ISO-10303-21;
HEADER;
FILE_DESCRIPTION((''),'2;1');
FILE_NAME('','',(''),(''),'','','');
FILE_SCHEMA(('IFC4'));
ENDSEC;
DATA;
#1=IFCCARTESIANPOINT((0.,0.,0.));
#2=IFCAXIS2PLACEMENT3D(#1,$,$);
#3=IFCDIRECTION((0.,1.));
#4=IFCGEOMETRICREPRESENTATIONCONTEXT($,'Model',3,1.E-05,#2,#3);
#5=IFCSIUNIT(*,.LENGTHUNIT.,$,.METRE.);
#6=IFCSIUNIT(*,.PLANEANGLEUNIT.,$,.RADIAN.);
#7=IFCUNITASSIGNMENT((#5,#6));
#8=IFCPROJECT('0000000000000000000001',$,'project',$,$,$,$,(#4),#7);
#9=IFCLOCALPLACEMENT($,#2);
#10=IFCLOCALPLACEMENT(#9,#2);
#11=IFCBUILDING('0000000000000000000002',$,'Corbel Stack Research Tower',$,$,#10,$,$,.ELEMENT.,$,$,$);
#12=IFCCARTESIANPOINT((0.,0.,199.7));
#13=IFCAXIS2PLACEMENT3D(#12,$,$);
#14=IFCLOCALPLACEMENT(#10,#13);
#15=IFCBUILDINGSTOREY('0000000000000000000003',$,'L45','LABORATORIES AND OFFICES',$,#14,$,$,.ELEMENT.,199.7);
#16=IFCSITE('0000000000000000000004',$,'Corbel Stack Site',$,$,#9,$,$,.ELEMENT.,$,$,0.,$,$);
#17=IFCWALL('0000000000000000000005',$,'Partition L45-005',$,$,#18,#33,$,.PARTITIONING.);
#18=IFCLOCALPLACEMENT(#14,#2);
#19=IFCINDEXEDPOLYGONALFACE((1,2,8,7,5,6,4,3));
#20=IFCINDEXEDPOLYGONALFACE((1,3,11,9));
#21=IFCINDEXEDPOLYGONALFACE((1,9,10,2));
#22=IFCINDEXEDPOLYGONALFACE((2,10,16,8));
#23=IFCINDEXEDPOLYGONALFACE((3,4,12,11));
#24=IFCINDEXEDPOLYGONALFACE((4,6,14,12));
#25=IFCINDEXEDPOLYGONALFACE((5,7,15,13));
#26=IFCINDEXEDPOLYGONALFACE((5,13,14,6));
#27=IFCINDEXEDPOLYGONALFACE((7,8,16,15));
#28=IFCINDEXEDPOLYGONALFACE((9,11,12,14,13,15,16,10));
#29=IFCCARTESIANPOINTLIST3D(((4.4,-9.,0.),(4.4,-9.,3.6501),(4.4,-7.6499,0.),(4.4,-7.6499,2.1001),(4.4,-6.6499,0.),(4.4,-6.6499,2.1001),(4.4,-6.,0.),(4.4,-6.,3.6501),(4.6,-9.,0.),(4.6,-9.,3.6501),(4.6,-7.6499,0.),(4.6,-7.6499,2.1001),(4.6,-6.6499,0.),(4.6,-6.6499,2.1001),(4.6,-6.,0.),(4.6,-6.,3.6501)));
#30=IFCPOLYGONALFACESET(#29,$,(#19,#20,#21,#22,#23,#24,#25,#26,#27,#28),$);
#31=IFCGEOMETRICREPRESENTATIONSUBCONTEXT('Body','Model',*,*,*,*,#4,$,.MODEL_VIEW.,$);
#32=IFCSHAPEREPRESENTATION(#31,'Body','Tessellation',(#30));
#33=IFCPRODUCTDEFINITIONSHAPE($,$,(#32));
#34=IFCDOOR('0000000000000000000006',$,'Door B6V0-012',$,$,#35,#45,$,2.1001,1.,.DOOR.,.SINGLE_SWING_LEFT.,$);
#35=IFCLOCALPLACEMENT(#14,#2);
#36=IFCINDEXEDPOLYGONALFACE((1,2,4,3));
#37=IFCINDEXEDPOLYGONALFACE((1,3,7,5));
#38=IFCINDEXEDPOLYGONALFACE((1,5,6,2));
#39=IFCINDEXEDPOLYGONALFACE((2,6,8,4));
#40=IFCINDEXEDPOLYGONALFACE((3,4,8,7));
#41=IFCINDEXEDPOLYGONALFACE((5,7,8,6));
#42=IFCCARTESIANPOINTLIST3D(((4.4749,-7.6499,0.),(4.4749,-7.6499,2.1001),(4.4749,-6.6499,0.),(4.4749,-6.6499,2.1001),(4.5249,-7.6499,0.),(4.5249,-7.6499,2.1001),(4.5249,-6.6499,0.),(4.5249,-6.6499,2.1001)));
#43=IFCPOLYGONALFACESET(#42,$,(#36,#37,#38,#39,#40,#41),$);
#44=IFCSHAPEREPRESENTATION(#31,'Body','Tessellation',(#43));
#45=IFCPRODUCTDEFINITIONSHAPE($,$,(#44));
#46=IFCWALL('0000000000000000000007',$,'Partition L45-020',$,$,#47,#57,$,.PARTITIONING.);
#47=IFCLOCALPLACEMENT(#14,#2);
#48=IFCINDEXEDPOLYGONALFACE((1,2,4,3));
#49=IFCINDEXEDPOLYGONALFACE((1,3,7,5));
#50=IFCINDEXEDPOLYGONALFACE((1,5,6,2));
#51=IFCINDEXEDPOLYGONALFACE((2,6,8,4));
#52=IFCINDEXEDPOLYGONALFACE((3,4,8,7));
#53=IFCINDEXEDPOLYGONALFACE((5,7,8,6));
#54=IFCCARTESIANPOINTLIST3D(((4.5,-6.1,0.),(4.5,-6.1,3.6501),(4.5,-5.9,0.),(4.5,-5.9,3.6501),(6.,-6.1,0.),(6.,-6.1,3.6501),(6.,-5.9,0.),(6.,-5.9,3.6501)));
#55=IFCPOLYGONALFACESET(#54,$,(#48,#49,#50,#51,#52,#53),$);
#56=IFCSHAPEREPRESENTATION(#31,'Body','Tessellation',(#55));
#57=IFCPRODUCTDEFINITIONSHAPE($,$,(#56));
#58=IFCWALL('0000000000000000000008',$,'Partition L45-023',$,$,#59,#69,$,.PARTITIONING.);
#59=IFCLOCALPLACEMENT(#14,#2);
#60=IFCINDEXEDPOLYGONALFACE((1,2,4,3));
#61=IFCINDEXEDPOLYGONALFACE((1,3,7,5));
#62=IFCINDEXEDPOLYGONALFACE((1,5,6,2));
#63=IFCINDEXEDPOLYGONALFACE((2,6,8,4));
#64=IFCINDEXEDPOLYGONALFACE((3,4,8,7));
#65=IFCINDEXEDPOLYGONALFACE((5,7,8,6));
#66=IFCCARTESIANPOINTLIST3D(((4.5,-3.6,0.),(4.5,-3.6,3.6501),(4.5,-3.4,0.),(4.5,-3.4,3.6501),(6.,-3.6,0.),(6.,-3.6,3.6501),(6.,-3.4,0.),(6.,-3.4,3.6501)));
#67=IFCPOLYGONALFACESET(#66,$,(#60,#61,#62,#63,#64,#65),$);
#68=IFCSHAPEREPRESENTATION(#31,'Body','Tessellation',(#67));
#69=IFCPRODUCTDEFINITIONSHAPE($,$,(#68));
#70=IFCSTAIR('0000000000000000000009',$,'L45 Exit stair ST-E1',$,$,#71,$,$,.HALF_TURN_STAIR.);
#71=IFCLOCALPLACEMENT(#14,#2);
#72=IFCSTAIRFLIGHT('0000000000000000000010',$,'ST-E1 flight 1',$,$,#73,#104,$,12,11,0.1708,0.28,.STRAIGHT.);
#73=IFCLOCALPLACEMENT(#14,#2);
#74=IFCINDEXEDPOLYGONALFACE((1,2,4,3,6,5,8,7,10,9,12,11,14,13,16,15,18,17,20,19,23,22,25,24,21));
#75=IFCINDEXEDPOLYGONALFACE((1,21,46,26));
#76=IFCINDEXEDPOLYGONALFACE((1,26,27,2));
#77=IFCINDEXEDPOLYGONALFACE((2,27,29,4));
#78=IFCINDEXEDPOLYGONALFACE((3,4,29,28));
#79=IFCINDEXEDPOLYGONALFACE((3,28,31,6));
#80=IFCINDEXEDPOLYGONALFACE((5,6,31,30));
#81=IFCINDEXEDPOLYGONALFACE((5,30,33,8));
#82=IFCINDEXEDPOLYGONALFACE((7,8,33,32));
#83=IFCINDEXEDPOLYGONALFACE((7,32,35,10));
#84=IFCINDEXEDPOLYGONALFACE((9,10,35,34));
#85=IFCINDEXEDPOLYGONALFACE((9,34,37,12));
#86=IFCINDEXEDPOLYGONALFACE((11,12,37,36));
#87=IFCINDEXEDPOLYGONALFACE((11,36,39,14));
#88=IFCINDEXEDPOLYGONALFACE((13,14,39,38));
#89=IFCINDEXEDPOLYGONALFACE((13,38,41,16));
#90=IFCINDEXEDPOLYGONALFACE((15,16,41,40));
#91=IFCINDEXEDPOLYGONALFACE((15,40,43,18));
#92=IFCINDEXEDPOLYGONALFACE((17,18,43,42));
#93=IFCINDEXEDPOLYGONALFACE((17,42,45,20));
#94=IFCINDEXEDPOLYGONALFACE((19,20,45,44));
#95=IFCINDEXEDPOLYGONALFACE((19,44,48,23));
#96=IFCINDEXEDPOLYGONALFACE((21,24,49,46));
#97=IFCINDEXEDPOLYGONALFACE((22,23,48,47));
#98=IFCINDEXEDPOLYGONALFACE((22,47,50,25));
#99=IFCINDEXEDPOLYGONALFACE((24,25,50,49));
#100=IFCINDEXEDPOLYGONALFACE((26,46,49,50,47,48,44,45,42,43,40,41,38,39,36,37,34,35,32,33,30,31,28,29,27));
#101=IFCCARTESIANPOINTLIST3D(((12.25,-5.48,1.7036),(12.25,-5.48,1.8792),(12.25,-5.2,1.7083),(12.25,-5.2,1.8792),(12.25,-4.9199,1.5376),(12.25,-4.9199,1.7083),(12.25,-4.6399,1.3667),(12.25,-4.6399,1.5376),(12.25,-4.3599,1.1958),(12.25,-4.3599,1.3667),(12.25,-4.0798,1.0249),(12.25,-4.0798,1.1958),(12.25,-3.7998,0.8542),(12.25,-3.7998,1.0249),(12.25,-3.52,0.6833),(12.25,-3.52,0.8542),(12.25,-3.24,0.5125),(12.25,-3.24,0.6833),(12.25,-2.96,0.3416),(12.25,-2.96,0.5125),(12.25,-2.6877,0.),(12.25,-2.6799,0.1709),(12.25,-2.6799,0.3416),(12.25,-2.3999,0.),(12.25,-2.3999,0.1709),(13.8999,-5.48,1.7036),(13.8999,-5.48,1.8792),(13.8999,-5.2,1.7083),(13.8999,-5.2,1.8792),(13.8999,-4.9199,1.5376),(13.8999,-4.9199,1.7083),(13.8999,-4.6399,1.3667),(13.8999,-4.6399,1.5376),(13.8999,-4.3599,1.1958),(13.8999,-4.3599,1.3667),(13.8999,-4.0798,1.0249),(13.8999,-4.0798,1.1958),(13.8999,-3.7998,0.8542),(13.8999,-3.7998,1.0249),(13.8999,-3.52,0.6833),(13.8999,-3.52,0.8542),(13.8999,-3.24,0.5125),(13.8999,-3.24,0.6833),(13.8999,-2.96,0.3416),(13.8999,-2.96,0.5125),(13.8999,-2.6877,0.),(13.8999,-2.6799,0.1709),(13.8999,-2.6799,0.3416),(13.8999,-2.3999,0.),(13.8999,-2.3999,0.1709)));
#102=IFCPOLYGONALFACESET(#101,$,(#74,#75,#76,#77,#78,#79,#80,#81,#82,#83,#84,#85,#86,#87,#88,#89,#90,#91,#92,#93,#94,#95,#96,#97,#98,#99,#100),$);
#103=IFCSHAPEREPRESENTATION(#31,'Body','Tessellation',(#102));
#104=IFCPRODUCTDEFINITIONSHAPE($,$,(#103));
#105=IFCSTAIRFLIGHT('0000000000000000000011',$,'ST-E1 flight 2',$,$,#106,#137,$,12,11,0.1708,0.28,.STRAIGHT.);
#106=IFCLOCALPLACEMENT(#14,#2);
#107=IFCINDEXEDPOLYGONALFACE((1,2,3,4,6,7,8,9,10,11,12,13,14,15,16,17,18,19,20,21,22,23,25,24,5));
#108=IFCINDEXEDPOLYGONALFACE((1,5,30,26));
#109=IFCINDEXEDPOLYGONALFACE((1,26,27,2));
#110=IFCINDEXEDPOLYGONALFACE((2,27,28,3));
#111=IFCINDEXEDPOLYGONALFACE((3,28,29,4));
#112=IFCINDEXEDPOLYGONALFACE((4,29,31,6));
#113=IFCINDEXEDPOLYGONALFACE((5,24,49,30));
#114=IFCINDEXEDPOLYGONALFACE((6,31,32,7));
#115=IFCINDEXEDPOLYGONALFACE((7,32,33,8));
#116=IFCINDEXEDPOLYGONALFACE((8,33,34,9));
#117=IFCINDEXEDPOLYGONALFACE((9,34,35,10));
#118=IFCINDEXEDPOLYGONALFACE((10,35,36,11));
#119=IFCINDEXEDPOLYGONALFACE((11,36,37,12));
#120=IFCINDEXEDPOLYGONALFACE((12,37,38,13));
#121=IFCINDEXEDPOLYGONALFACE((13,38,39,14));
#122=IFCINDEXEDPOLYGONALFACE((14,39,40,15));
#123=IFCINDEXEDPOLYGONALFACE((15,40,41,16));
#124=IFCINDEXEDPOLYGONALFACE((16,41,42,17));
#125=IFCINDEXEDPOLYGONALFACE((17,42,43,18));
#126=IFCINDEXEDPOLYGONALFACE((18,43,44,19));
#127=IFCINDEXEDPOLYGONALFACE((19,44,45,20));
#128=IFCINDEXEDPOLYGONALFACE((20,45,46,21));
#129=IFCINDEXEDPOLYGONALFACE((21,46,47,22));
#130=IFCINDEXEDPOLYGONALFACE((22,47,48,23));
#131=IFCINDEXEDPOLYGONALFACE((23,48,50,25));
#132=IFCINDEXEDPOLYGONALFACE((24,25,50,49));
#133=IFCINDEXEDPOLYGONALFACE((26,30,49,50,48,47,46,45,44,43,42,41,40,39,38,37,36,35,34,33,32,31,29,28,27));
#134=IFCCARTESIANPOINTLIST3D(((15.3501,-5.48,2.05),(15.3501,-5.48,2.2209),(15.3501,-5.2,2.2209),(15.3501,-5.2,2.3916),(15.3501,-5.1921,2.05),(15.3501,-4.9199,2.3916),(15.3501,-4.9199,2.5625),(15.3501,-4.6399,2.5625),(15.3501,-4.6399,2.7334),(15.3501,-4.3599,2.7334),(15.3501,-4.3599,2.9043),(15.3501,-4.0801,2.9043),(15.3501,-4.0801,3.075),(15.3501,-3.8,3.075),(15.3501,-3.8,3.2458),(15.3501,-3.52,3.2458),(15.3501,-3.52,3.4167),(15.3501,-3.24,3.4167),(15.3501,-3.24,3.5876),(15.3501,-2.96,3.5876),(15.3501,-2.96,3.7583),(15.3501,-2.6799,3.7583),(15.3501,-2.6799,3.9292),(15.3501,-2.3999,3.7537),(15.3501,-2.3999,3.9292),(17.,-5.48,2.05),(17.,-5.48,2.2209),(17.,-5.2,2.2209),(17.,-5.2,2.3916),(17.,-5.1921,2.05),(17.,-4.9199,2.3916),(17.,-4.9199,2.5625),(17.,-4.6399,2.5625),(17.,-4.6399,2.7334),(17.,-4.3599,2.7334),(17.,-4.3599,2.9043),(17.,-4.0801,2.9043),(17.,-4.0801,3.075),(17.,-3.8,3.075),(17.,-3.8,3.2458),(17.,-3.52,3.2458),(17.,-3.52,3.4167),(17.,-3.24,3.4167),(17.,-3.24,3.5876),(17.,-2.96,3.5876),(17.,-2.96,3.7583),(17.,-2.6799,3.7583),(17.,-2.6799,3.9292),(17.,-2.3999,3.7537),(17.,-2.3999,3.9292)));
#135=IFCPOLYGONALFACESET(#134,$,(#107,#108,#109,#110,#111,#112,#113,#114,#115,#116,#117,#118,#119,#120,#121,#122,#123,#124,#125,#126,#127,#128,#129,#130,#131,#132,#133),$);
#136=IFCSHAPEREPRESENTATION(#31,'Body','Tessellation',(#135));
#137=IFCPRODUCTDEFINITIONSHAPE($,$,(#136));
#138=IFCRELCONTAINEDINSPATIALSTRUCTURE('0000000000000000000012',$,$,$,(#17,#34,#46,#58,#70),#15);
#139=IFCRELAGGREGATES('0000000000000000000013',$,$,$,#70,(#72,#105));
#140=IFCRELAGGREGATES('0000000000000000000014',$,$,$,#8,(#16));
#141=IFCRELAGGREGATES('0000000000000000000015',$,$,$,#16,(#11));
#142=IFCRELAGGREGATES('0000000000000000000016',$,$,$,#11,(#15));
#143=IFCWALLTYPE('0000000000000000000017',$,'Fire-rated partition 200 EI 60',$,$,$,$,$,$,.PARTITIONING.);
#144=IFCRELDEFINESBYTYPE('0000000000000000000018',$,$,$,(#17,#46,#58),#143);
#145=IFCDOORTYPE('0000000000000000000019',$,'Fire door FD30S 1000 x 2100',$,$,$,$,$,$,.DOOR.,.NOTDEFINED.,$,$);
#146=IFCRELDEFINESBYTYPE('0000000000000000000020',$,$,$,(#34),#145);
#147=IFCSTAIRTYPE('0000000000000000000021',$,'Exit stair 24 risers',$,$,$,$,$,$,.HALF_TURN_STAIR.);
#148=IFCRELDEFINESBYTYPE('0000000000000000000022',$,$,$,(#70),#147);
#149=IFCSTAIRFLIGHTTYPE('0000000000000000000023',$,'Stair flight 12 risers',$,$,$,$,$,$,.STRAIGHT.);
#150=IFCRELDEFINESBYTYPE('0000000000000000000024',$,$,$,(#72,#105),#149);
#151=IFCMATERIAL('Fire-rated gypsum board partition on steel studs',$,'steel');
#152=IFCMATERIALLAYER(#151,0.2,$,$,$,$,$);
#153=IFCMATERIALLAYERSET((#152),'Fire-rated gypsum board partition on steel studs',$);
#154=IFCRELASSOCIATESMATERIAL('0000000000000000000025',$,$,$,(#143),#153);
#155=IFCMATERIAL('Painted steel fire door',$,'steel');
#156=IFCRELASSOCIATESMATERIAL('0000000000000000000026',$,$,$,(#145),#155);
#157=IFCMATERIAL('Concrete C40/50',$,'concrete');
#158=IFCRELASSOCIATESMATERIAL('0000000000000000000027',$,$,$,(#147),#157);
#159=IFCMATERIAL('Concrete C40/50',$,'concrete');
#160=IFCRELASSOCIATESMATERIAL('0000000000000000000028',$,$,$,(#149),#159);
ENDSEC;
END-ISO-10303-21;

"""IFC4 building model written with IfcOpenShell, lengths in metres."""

from ifc_helpers import new_model, si_unit, direction, frame, frame_2d, origin, place, context, subcontext, project, spatial, polyline, rectangle, outline, extrude, material, layer, layer_set, type_object, element, fill, aggregate, save


model = new_model("IFC4")

# Units and contexts
model_context = context("Model", 3, precision=1e-05, world=origin(), true_north=direction((0.0, 1.0)))
body_context = subcontext(model_context, "Body", "Model", "MODEL_VIEW")
ifc_project = project(units=[si_unit("LENGTHUNIT", "METRE"), si_unit("PLANEANGLEUNIT", "RADIAN")], contexts=[model_context])

# Site, building, storey
site_placement = place(None, origin())
site = spatial("IfcSite", under=ifc_project, at=site_placement, Name="Corbel Stack Site", CompositionType="ELEMENT", RefElevation=0.0)
building_placement = place(site_placement, origin())
building = spatial("IfcBuilding", under=site, at=building_placement, Name="Corbel Stack Research Tower", CompositionType="ELEMENT")
storey_placement = place(building_placement, frame((0.0, 0.0, 199.7)))
storey = spatial("IfcBuildingStorey", under=building, at=storey_placement, Name="L45", Description="LABORATORIES AND OFFICES", CompositionType="ELEMENT", Elevation=199.7)

# Wall, opening, door
ifc_material_1 = material(Name="Fire-rated gypsum board partition on steel studs", Category="steel")
ifc_layer_1 = layer(ifc_material_1, 0.2)
ifc_layer_set_1 = layer_set([ifc_layer_1], Name="Fire-rated gypsum board partition on steel studs")
wall_type_1 = type_object("IfcWallType", Name="Fire-rated partition 200 EI 60", PredefinedType="PARTITIONING", material=ifc_layer_set_1)
wall_1_placement = place(storey_placement, frame((4.5, -6.0, 0.0), z_axis=(0.0, 0.0, 1.0), x_axis=(0.0, -1.0, 0.0)))
wall_1 = element("IfcWall", 1, at=wall_1_placement, inside=storey, type_object=wall_type_1, Name="Partition L45-005", PredefinedType="PARTITIONING", context=body_context, shape_type="SweptSolid", body=[
    extrude(rectangle(XDim=3.0, YDim=0.2, at=frame_2d((1.5, 0.0))), origin(), (0.0, 0.0, 1.0), 3.6501),
])
opening_1_placement = place(wall_1_placement, frame((0.6499, 0.0, 0.0)))
opening_1 = element("IfcOpeningElement", 2, at=opening_1_placement, cuts=wall_1, PredefinedType="OPENING", context=body_context, shape_type="SweptSolid", body=[
    extrude(rectangle(XDim=1.0, YDim=2.1001, at=frame_2d((0.5, 1.05))), frame((0.0, 0.1099, 0.0), z_axis=(0.0, -1.0, 0.0), x_axis=(1.0, 0.0, 0.0)), (0.0, 0.0, 1.0), 0.22),
])
ifc_material_2 = material(Name="Painted steel fire door", Category="steel")
door_type_1 = type_object("IfcDoorType", Name="Fire door FD30S 1000 x 2100", OperationType="NOTDEFINED", PredefinedType="DOOR", material=ifc_material_2)
door_1_placement = place(opening_1_placement, origin())
door_1 = element("IfcDoor", 3, at=door_1_placement, inside=storey, type_object=door_type_1, Name="Door B6V0-012", OperationType="SINGLE_SWING_LEFT", OverallHeight=2.1001, OverallWidth=1.0, PredefinedType="DOOR", context=body_context, shape_type="SweptSolid", body=[
    extrude(rectangle(XDim=1.0, YDim=2.1001, at=frame_2d((0.5, 1.05))), frame((0.0, 0.0249, 0.0), z_axis=(0.0, -1.0, 0.0), x_axis=(1.0, 0.0, 0.0)), (0.0, 0.0, 1.0), 0.05),
])
fill(opening_1, door_1)

# Walls
for number, where, z_axis, x_axis, name in (
    (4, (4.5, -6.0, 0.0), (0.0, 0.0, 1.0), (1.0, 0.0, 0.0), "Partition L45-020"),
    (5, (4.5, -3.5, 0.0), (0.0, 0.0, 1.0), (1.0, 0.0, 0.0), "Partition L45-023"),
):
    element("IfcWall", number, at=place(storey_placement, frame(where, z_axis=z_axis, x_axis=x_axis)), inside=storey, type_object=wall_type_1, Name=name, PredefinedType="PARTITIONING", context=body_context, shape_type="SweptSolid", body=[
        extrude(rectangle(XDim=1.5, YDim=0.2, at=frame_2d((0.75, 0.0))), origin(), (0.0, 0.0, 1.0), 3.6501),
    ])

# Stair, stair flights
ifc_material_3 = material(Name="Concrete C40/50", Category="concrete")
stair_type = type_object("IfcStairType", Name="Exit stair 24 risers", PredefinedType="HALF_TURN_STAIR", material=ifc_material_3)
stair_placement = place(storey_placement, origin())
stair = element("IfcStair", 6, at=stair_placement, inside=storey, type_object=stair_type, Name="L45 Exit stair ST-E1", PredefinedType="HALF_TURN_STAIR")
ifc_material_4 = material(Name="Concrete C40/50", Category="concrete")
stair_flight_type = type_object("IfcStairFlightType", Name="Stair flight 12 risers", PredefinedType="STRAIGHT", material=ifc_material_4)
stair_flight_1_placement = place(storey_placement, frame((13.075, -2.3999, 0.0), z_axis=(0.0, 0.0, 1.0), x_axis=(0.0, -1.0, 0.0)))
stair_flight_1 = element("IfcStairFlight", 7, at=stair_flight_1_placement, type_object=stair_flight_type, Name="ST-E1 flight 1", NumberOfRisers=12, NumberOfTreads=11, PredefinedType="STRAIGHT", RiserHeight=0.1708, TreadLength=0.28, context=body_context, shape_type="SweptSolid", body=[
    extrude(outline(polyline([(0.0, 0.0), (0.0, 0.1709), (0.28, 0.1709), (0.28, 0.3416), (0.5601, 0.3416), (0.5601, 0.5125), (0.8401, 0.5125), (0.8401, 0.6833), (1.1201, 0.6833), (1.1201, 0.8542), (1.3999, 0.8542), (1.3999, 1.0249), (1.6799, 1.0249), (1.6799, 1.1958), (1.96, 1.1958), (1.96, 1.3667), (2.24, 1.3667), (2.24, 1.5376), (2.52, 1.5376), (2.52, 1.7083), (2.8, 1.7083), (2.8, 1.8792), (3.0801, 1.8792), (3.0801, 2.05), (3.0801, 1.7036), (0.2878, 0.0), (0.0, 0.0)])), frame((0.0, 0.825, 0.0), z_axis=(0.0, -1.0, 0.0), x_axis=(1.0, 0.0, 0.0)), (0.0, 0.0, 1.0), 1.6499),
])
stair_flight_2_placement = place(storey_placement, frame((16.175, -5.48, 2.05), z_axis=(0.0, 0.0, 1.0), x_axis=(0.0, 1.0, 0.0)))
stair_flight_2 = element("IfcStairFlight", 8, at=stair_flight_2_placement, type_object=stair_flight_type, Name="ST-E1 flight 2", NumberOfRisers=12, NumberOfTreads=11, PredefinedType="STRAIGHT", RiserHeight=0.1708, TreadLength=0.28, context=body_context, shape_type="SweptSolid", body=[
    extrude(outline(polyline([(0.0, 0.0), (0.0, 0.1709), (0.28, 0.1709), (0.28, 0.3416), (0.5601, 0.3416), (0.5601, 0.5125), (0.8401, 0.5125), (0.8401, 0.6833), (1.1201, 0.6833), (1.1201, 0.8542), (1.3999, 0.8542), (1.3999, 1.0249), (1.6799, 1.0249), (1.6799, 1.1958), (1.96, 1.1958), (1.96, 1.3667), (2.24, 1.3667), (2.24, 1.5376), (2.52, 1.5376), (2.52, 1.7083), (2.8, 1.7083), (2.8, 1.8792), (3.0801, 1.8792), (3.0801, 2.05), (3.0801, 1.7036), (0.2878, 0.0), (0.0, 0.0)])), frame((0.0, 0.825, 0.0), z_axis=(0.0, -1.0, 0.0), x_axis=(1.0, 0.0, 0.0)), (0.0, 0.0, 1.0), 1.6499),
])
aggregate(stair, [stair_flight_1, stair_flight_2])

save(model, "model.ifc")
